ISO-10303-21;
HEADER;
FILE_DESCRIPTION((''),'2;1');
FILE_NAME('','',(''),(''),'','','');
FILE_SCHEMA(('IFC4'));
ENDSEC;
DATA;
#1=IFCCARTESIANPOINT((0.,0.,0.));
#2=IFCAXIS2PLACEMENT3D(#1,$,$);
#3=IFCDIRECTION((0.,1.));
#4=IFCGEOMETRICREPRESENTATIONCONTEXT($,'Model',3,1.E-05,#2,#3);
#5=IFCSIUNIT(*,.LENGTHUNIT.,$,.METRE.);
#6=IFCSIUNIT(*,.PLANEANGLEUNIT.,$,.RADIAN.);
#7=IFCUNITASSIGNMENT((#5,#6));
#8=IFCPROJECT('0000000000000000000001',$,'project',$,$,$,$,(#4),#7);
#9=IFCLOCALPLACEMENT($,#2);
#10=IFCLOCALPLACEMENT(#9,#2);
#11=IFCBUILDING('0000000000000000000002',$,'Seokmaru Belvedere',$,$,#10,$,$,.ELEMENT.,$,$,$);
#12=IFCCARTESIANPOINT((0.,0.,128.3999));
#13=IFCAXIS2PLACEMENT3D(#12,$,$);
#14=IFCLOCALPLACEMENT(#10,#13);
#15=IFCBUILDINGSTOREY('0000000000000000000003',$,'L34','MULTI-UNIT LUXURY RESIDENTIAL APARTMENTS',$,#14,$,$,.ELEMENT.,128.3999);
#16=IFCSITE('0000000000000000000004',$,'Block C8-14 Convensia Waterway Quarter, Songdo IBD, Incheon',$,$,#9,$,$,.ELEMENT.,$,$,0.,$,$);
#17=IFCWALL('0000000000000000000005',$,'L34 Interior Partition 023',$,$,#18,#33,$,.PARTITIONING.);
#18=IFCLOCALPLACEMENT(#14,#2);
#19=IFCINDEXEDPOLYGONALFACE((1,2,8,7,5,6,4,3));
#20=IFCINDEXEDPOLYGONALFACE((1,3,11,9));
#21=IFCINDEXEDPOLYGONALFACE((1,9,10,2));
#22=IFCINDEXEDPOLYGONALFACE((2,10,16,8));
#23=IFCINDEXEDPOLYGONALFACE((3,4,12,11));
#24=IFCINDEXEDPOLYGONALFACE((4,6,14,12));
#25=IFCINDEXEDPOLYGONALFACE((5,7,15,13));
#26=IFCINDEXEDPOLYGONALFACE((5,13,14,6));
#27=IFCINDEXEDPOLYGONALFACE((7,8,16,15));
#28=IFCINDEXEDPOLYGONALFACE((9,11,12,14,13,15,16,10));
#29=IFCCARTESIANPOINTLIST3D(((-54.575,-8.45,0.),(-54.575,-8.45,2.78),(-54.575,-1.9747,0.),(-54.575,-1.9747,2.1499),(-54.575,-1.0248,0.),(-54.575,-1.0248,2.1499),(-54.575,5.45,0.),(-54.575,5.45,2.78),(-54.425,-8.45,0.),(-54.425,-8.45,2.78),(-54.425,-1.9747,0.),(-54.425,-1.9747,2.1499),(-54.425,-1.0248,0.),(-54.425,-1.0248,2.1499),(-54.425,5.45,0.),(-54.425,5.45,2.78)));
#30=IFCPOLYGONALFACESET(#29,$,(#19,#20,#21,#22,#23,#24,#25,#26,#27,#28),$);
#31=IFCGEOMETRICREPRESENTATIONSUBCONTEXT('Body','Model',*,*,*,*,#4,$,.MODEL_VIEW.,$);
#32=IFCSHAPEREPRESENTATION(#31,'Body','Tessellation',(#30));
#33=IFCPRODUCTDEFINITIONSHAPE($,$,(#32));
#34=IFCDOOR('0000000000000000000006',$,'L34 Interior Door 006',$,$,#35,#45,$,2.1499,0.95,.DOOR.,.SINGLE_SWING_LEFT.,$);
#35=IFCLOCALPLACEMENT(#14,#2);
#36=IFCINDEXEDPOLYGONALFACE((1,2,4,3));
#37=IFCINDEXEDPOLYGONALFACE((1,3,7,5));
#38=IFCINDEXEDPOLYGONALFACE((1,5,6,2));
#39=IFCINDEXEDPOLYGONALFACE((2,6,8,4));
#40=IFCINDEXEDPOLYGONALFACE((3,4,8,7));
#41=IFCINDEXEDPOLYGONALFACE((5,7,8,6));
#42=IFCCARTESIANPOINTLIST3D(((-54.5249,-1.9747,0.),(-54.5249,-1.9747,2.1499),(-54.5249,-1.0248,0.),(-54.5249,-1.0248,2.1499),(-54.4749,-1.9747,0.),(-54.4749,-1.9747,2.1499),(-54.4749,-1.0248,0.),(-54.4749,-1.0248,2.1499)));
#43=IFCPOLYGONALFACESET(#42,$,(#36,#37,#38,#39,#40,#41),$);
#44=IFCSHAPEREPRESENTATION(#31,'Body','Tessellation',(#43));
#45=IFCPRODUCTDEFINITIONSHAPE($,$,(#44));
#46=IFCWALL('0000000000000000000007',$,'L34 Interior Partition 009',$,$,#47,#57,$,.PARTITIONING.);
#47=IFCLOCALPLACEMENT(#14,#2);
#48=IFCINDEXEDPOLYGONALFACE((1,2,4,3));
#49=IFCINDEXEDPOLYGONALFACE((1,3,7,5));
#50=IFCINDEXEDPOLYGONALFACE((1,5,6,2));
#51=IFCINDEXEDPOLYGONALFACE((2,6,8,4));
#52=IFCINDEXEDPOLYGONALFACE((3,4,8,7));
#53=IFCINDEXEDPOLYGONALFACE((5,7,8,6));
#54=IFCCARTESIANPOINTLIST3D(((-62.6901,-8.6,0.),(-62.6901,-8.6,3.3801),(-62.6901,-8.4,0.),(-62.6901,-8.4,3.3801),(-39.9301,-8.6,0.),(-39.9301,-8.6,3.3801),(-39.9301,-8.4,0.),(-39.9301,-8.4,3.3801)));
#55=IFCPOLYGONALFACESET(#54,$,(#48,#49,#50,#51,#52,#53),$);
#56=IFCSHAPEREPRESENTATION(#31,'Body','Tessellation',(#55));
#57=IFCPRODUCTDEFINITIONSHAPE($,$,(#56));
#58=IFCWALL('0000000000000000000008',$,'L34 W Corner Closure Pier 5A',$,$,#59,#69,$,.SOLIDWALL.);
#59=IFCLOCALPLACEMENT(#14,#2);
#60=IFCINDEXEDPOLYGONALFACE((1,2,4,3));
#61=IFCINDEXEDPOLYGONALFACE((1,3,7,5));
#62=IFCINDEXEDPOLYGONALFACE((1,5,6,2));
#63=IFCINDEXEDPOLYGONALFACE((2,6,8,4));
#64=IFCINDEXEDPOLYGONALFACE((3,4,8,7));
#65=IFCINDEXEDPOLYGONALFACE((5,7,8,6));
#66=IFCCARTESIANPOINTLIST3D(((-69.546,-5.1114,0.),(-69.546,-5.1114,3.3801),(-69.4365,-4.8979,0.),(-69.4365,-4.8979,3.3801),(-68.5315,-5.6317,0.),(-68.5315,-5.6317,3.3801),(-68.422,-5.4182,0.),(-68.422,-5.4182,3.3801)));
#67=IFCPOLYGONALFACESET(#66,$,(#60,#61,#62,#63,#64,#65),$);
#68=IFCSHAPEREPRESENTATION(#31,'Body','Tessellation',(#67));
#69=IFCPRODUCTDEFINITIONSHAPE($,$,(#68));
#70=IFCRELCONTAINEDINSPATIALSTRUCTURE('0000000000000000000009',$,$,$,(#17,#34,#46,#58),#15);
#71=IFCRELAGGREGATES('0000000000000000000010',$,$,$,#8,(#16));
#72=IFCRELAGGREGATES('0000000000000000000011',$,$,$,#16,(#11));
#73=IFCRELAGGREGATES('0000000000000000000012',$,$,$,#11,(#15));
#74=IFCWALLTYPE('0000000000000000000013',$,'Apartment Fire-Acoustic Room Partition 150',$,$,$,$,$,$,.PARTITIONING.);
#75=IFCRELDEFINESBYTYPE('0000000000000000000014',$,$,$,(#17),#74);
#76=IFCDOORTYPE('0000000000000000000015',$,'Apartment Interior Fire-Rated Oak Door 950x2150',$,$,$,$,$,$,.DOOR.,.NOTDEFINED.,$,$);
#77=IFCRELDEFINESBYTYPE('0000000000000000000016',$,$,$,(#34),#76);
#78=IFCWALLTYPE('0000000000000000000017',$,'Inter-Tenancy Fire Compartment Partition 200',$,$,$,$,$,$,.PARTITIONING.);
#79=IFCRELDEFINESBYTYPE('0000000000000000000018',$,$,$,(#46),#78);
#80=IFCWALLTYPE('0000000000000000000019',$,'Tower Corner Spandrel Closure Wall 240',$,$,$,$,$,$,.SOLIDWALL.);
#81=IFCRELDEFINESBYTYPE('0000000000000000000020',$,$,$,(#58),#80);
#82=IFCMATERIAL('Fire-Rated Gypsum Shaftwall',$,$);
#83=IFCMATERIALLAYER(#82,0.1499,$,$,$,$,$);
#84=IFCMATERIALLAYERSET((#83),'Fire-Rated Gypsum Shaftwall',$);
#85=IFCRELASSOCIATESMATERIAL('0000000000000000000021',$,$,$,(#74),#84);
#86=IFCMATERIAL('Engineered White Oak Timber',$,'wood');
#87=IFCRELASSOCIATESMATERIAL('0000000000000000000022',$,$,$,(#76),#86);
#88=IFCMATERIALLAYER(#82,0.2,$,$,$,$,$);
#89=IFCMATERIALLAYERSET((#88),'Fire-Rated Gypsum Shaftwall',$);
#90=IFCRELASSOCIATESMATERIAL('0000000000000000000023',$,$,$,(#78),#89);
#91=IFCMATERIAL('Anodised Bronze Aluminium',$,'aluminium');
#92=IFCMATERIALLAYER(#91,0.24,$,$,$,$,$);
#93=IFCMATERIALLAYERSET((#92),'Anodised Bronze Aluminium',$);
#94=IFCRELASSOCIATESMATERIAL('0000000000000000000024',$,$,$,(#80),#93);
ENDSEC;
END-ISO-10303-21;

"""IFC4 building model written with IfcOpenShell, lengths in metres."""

from ifc_helpers import new_model, si_unit, direction, frame, frame_2d, origin, place, context, subcontext, project, spatial, rectangle, extrude, source, transform, mapped, material, layer, layer_set, type_object, type_shapes, element, fill, save


model = new_model("IFC4")

# Units and contexts
model_context = context("Model", 3, precision=1e-05, world=origin(), true_north=direction((0.0, 1.0)))
body_context = subcontext(model_context, "Body", "Model", "MODEL_VIEW")
ifc_project = project(units=[si_unit("LENGTHUNIT", "METRE"), si_unit("PLANEANGLEUNIT", "RADIAN")], contexts=[model_context])

# Site, building, storey
site_placement = place(None, origin())
site = spatial("IfcSite", under=ifc_project, at=site_placement, Name="Block C8-14 Convensia Waterway Quarter, Songdo IBD, Incheon", CompositionType="ELEMENT", RefElevation=0.0)
building_placement = place(site_placement, origin())
building = spatial("IfcBuilding", under=site, at=building_placement, Name="Seokmaru Belvedere", CompositionType="ELEMENT")
storey_placement = place(building_placement, frame((0.0, 0.0, 128.3999)))
storey = spatial("IfcBuildingStorey", under=building, at=storey_placement, Name="L34", Description="MULTI-UNIT LUXURY RESIDENTIAL APARTMENTS", CompositionType="ELEMENT", Elevation=128.3999)

# Shared definitions
ifc_material_1 = material(Name="Anodised Bronze Aluminium", Category="aluminium")

# Shared definitions
ifc_material_2 = material(Name="Fire-Rated Gypsum Shaftwall")
ifc_layer_1 = layer(ifc_material_2, 0.1499)
ifc_layer_set_1 = layer_set([ifc_layer_1], Name="Fire-Rated Gypsum Shaftwall")
wall_type_1 = type_object("IfcWallType", Name="Apartment Fire-Acoustic Room Partition 150", PredefinedType="PARTITIONING", material=ifc_layer_set_1)
ifc_material_3 = material(Name="Engineered White Oak Timber", Category="wood")
door_type = type_object("IfcDoorType", Name="Apartment Interior Fire-Rated Oak Door 950x2150", OperationType="NOTDEFINED", PredefinedType="DOOR", material=ifc_material_3)
shared_shape_1 = source(origin(), body_context, "Body", "SweptSolid", [
    extrude(rectangle(XDim=0.95, YDim=2.1499, at=frame_2d((0.4751, 1.075))), frame((0.0, 0.0249, 0.0), z_axis=(0.0, -1.0, 0.0), x_axis=(1.0, 0.0, 0.0)), (0.0, 0.0, 1.0), 0.05),
])
type_shapes(door_type, [shared_shape_1])

# Wall, opening, door
wall_1_placement = place(storey_placement, frame((-54.5, -8.45, 0.0), z_axis=(0.0, 0.0, 1.0), x_axis=(0.0, 1.0, 0.0)))
wall_1 = element("IfcWall", 1, at=wall_1_placement, inside=storey, type_object=wall_type_1, Name="L34 Interior Partition 023", PredefinedType="PARTITIONING", context=body_context, shape_type="SweptSolid", body=[
    extrude(rectangle(XDim=13.8999, YDim=0.1499, at=frame_2d((6.95, 0.0))), origin(), (0.0, 0.0, 1.0), 2.78),
])
opening_1_placement = place(wall_1_placement, frame((6.4751, 0.0, 0.0)))
opening_1 = element("IfcOpeningElement", 2, at=opening_1_placement, cuts=wall_1, PredefinedType="OPENING", context=body_context, shape_type="SweptSolid", body=[
    extrude(rectangle(XDim=0.95, YDim=2.1499, at=frame_2d((0.4751, 1.075))), frame((0.0, 0.085, 0.0), z_axis=(0.0, -1.0, 0.0), x_axis=(1.0, 0.0, 0.0)), (0.0, 0.0, 1.0), 0.1699),
])
door_1_placement = place(opening_1_placement, origin())
door_1 = element("IfcDoor", 3, at=door_1_placement, inside=storey, type_object=door_type, Name="L34 Interior Door 006", OperationType="SINGLE_SWING_LEFT", OverallHeight=2.1499, OverallWidth=0.95, PredefinedType="DOOR", context=body_context, shape_type="MappedRepresentation", body=[
    mapped(shared_shape_1, transform((0.0, 0.0, 0.0), scale=1.0)),
])
fill(opening_1, door_1)

# Walls
ifc_layer_2 = layer(ifc_material_2, 0.2)
ifc_layer_set_2 = layer_set([ifc_layer_2], Name="Fire-Rated Gypsum Shaftwall")
wall_type_2 = type_object("IfcWallType", Name="Inter-Tenancy Fire Compartment Partition 200", PredefinedType="PARTITIONING", material=ifc_layer_set_2)
wall_2_placement = place(storey_placement, frame((-62.6899, -8.5, 0.0), z_axis=(0.0, 0.0, 1.0), x_axis=(1.0, 0.0, 0.0)))
element("IfcWall", 4, at=wall_2_placement, inside=storey, type_object=wall_type_2, Name="L34 Interior Partition 009", PredefinedType="PARTITIONING", context=body_context, shape_type="SweptSolid", body=[
    extrude(rectangle(XDim=22.76, YDim=0.2, at=frame_2d((11.3799, 0.0))), origin(), (0.0, 0.0, 1.0), 3.3801),
])
ifc_layer_3 = layer(ifc_material_1, 0.24)
ifc_layer_set_3 = layer_set([ifc_layer_3], Name="Anodised Bronze Aluminium")
wall_type_3 = type_object("IfcWallType", Name="Tower Corner Spandrel Closure Wall 240", PredefinedType="SOLIDWALL", material=ifc_layer_set_3)
wall_3_placement = place(storey_placement, frame((-69.4912, -5.0046, 0.0), z_axis=(0.0, 0.0, 1.0), x_axis=(0.889797, -0.456356, 0.0)))
element("IfcWall", 5, at=wall_3_placement, inside=storey, type_object=wall_type_3, Name="L34 W Corner Closure Pier 5A", PredefinedType="SOLIDWALL", context=body_context, shape_type="SweptSolid", body=[
    extrude(rectangle(XDim=1.1401, YDim=0.24, at=frame_2d((0.5701, 0.0))), origin(), (0.0, 0.0, 1.0), 3.3801),
])

save(model, "model.ifc")
